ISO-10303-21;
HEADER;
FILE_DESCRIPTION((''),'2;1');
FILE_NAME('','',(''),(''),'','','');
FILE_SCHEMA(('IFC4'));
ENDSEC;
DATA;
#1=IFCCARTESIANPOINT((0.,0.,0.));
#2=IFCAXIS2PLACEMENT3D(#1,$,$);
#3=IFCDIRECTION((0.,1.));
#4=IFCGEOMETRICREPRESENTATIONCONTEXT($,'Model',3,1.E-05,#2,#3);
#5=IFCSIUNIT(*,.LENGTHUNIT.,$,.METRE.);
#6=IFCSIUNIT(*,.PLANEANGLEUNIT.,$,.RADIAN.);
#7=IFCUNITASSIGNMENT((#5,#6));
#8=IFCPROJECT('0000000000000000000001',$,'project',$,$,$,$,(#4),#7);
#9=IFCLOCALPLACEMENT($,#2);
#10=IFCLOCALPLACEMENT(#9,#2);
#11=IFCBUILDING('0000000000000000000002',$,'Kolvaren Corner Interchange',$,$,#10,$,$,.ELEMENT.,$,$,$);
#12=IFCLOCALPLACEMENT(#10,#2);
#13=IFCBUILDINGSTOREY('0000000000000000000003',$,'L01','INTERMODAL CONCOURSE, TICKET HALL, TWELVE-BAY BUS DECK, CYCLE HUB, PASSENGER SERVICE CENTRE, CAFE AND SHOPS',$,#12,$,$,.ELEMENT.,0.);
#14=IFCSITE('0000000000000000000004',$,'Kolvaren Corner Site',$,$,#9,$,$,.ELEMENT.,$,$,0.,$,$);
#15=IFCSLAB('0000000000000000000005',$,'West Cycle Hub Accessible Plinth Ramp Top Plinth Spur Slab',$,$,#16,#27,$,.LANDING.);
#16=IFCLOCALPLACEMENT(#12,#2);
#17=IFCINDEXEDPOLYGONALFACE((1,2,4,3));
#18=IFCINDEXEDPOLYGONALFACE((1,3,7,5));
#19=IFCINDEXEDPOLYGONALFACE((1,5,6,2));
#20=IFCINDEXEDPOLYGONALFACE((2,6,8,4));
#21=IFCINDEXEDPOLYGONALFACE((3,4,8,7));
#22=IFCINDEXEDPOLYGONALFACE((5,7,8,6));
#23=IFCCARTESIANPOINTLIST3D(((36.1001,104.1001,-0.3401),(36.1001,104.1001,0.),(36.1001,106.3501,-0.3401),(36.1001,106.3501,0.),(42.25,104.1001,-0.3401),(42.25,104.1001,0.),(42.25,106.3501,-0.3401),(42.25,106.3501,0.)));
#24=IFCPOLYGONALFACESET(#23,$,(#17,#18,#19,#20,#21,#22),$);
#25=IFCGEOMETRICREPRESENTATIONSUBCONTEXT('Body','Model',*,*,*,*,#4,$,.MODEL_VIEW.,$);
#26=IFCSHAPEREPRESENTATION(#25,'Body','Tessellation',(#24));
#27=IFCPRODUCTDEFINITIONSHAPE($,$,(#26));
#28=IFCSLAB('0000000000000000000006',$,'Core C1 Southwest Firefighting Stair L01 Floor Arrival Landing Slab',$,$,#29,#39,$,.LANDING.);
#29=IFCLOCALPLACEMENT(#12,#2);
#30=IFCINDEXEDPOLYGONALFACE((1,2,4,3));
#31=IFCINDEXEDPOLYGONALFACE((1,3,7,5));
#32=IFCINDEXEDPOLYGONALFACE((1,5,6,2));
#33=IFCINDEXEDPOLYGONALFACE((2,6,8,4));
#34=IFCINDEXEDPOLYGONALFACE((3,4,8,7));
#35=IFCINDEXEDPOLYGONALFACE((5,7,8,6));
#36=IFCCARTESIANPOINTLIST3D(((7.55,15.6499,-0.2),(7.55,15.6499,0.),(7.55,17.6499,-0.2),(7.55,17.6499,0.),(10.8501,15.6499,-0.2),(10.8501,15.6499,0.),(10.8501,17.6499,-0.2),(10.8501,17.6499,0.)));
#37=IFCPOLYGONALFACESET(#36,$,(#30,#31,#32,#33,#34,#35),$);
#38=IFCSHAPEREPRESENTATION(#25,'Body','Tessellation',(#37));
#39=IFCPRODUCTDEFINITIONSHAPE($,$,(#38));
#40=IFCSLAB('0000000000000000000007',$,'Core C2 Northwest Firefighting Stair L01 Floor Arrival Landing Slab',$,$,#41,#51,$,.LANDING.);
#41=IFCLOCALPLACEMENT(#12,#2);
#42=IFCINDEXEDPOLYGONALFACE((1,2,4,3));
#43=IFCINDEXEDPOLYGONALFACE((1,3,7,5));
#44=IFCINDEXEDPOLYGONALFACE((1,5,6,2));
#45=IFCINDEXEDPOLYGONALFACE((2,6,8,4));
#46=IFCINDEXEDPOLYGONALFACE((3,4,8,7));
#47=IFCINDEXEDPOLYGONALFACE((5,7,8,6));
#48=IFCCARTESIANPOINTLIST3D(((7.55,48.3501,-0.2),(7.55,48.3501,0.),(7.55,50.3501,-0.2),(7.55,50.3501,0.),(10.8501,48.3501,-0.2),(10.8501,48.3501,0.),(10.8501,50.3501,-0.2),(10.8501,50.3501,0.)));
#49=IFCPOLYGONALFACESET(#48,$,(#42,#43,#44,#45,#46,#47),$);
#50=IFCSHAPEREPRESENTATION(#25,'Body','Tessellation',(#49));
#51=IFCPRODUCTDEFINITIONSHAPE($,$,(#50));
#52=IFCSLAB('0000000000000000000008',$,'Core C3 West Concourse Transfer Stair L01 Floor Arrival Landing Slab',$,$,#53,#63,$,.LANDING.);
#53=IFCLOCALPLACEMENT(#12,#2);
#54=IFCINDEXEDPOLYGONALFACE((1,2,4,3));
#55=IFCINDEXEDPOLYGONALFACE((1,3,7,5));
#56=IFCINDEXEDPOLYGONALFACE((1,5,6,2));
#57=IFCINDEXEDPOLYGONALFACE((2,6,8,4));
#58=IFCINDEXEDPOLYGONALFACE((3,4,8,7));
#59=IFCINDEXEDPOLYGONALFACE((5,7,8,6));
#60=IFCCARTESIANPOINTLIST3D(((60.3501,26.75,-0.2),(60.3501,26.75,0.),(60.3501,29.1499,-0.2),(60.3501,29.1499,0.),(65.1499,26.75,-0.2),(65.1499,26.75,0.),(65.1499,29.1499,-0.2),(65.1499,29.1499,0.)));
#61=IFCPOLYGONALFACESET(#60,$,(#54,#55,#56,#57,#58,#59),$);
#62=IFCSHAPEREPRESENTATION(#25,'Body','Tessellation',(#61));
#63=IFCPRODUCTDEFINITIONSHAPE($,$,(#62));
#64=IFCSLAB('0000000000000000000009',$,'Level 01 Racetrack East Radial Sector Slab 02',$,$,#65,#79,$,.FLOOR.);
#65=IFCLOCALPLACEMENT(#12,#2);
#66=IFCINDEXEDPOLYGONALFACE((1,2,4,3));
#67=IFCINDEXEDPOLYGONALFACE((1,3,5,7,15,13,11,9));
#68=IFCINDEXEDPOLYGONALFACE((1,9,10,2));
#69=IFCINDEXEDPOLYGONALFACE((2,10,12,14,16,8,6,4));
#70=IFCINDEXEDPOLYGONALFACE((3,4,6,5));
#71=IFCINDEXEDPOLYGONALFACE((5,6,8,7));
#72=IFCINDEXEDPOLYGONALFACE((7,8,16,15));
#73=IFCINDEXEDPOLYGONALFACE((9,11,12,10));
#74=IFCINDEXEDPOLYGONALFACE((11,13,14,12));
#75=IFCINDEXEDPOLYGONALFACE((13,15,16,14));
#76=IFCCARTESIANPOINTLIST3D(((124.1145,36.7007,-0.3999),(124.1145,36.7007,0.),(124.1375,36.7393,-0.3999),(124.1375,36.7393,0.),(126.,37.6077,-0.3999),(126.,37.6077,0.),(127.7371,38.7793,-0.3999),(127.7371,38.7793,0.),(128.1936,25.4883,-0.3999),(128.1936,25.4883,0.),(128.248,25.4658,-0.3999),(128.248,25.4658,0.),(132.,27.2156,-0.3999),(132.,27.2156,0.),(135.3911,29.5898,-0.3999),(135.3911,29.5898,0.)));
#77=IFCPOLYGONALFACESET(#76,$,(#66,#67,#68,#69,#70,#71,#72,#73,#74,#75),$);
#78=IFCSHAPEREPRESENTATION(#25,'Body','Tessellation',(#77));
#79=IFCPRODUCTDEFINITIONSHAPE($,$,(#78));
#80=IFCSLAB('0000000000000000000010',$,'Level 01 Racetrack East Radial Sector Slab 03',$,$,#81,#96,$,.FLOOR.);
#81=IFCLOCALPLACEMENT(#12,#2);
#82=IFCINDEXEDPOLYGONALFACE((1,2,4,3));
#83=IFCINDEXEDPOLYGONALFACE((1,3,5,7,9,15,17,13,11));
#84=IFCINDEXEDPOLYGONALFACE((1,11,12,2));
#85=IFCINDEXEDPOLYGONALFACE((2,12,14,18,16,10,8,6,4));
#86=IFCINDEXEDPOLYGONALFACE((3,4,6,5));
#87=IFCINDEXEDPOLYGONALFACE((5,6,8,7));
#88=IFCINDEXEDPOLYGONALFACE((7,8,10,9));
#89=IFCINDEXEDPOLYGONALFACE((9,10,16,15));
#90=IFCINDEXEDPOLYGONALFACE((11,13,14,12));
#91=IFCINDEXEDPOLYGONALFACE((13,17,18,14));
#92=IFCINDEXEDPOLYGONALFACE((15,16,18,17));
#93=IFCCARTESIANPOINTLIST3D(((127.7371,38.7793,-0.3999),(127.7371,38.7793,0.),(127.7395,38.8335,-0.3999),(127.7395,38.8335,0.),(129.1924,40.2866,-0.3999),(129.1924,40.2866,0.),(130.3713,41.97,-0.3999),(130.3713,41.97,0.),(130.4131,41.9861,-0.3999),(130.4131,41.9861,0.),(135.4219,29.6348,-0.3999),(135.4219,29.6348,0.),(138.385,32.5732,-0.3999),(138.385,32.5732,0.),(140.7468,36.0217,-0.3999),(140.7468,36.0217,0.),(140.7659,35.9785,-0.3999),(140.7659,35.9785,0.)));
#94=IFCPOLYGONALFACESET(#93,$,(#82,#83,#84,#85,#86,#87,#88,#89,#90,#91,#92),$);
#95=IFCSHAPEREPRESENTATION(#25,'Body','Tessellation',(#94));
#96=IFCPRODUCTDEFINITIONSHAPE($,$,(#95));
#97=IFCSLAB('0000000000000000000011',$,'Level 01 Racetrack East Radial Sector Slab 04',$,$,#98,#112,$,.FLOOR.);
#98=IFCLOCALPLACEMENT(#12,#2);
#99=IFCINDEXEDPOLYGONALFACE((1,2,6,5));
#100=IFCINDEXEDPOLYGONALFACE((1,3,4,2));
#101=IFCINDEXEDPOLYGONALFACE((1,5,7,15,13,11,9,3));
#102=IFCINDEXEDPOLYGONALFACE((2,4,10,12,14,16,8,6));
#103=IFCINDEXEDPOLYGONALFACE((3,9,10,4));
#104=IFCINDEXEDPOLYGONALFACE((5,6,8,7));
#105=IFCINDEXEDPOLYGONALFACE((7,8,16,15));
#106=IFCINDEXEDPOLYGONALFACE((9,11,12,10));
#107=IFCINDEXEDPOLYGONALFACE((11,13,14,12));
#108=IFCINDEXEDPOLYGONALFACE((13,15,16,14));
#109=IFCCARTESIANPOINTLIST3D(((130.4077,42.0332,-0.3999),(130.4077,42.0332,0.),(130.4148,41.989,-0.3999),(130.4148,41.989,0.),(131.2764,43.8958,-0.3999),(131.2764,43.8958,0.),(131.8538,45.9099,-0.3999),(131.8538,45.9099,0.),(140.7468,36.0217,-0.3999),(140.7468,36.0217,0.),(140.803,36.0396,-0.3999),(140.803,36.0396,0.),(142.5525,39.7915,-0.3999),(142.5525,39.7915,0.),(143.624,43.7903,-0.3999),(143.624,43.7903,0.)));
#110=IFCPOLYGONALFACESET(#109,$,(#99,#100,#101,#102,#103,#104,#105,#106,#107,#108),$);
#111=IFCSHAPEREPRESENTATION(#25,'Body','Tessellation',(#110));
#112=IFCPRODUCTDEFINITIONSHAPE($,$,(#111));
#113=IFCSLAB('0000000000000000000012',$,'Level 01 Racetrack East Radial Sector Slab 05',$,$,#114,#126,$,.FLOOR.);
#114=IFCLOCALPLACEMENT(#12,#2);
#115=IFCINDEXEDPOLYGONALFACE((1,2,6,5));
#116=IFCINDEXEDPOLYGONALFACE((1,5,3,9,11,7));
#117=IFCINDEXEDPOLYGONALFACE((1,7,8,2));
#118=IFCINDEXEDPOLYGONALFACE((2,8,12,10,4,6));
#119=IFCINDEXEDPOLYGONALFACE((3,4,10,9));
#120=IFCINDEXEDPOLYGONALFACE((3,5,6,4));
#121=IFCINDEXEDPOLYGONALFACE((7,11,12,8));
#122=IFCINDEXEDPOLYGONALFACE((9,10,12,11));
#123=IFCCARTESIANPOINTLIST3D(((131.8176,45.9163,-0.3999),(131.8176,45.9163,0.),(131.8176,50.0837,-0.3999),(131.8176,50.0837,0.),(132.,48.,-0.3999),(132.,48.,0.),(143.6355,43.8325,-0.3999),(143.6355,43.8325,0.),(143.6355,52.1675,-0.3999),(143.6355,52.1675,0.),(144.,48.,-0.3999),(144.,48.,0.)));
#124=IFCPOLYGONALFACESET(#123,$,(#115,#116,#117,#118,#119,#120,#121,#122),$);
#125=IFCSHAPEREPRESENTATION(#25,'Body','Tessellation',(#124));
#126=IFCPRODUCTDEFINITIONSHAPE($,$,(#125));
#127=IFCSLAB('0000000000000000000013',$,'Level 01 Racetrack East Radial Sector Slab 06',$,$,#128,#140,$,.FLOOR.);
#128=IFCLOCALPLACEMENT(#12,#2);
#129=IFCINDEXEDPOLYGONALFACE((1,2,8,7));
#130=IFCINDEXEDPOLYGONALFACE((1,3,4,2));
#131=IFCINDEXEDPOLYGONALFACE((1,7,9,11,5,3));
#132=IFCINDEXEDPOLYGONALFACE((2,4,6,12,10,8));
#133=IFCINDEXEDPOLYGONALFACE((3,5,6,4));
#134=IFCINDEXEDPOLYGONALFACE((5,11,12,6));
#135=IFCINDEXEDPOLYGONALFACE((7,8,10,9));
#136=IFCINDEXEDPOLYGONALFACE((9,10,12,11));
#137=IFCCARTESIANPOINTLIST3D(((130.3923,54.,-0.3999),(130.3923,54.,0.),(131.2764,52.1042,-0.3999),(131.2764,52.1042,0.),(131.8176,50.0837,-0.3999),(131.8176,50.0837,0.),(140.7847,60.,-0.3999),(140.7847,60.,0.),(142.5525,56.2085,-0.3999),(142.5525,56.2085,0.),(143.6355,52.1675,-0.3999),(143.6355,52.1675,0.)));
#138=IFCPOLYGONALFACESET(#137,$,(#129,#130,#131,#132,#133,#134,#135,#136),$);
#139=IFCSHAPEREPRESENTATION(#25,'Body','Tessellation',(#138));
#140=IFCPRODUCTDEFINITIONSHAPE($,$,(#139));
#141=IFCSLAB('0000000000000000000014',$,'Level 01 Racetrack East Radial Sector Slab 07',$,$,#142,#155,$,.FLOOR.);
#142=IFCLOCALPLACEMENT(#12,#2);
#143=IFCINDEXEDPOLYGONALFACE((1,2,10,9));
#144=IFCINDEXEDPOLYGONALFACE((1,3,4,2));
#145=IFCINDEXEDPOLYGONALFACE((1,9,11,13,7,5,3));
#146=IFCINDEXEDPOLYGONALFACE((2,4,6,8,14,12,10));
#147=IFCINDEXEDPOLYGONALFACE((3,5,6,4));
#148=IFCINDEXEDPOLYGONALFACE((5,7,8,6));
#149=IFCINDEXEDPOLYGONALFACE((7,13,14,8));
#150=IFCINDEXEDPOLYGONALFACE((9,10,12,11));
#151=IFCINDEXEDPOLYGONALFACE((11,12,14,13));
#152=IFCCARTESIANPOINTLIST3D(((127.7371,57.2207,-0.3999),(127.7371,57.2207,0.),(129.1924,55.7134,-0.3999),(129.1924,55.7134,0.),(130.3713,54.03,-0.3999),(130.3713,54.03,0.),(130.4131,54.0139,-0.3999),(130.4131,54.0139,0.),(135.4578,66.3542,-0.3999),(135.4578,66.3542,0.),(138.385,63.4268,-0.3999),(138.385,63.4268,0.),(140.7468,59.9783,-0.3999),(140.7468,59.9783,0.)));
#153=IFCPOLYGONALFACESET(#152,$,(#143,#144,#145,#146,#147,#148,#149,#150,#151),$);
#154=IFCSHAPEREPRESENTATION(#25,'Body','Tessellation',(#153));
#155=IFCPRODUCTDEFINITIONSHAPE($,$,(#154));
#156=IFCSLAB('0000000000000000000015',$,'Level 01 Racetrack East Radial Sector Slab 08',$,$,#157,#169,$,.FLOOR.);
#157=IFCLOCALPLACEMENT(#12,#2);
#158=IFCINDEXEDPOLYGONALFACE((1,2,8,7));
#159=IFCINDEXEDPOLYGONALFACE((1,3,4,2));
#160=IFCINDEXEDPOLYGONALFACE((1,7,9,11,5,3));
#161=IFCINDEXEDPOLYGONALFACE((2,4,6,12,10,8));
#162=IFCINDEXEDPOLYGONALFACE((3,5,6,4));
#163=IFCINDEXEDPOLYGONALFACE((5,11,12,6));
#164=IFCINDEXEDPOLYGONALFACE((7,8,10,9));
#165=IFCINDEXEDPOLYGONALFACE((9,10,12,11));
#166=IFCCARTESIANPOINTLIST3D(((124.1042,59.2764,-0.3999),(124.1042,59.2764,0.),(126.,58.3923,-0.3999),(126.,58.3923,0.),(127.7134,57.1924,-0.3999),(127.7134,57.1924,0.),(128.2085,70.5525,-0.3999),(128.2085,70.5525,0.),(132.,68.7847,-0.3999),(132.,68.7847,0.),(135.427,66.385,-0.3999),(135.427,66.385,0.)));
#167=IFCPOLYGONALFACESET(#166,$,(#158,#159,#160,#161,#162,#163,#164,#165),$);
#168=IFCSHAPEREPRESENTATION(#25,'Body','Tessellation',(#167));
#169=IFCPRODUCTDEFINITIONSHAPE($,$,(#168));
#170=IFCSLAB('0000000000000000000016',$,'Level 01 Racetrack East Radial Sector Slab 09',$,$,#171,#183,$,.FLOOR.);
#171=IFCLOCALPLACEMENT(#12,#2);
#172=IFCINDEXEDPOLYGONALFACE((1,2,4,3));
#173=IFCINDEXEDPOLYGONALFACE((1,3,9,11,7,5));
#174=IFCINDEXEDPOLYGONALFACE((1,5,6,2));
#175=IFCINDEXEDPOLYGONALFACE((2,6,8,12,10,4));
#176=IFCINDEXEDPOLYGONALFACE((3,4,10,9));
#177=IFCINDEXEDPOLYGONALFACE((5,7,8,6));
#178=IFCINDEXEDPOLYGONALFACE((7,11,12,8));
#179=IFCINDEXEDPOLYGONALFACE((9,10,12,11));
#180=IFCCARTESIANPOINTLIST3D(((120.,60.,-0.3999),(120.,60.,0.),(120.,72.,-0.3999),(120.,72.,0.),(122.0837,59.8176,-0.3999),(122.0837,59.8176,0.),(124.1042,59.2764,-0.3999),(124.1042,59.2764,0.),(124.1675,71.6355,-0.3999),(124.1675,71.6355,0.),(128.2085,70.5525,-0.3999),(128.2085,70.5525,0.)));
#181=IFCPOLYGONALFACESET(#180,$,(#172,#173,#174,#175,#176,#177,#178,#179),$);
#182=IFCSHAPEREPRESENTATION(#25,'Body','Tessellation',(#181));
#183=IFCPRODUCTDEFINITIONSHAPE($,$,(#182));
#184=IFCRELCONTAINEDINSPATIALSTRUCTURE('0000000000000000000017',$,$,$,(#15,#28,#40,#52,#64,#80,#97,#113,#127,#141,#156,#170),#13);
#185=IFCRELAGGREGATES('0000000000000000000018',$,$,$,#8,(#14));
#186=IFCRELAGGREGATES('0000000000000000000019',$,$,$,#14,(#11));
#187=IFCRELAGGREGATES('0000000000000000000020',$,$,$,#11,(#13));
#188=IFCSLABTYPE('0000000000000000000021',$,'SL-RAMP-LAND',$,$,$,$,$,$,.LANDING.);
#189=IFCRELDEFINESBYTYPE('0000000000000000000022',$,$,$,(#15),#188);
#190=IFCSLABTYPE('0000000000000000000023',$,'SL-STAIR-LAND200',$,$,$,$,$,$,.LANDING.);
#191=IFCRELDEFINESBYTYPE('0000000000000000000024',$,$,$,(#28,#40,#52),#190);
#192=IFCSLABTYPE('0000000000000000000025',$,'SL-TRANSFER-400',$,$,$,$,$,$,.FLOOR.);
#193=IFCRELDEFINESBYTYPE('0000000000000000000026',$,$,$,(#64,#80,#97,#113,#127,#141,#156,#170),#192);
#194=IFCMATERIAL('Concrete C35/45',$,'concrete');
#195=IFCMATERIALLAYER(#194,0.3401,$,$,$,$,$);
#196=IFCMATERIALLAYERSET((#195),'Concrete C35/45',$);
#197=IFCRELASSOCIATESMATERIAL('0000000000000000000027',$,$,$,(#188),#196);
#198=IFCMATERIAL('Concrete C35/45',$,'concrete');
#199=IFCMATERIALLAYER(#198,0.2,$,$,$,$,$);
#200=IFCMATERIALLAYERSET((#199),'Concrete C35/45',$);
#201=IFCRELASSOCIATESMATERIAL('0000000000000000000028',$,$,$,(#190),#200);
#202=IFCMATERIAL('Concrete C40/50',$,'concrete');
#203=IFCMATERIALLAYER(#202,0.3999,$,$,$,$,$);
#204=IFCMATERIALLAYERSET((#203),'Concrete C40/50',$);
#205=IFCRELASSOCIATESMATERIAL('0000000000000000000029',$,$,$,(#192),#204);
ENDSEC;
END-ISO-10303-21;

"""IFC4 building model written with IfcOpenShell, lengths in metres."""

from ifc_helpers import new_model, si_unit, direction, frame, origin, place, context, subcontext, project, spatial, polyline, outline, extrude, material, layer, layer_set, type_object, element, save


model = new_model("IFC4")

# Units and contexts
model_context = context("Model", 3, precision=1e-05, world=origin(), true_north=direction((0.0, 1.0)))
body_context = subcontext(model_context, "Body", "Model", "MODEL_VIEW")
ifc_project = project(units=[si_unit("LENGTHUNIT", "METRE"), si_unit("PLANEANGLEUNIT", "RADIAN")], contexts=[model_context])

# Site, building, storey
site_placement = place(None, origin())
site = spatial("IfcSite", under=ifc_project, at=site_placement, Name="Kolvaren Corner Site", CompositionType="ELEMENT", RefElevation=0.0)
building_placement = place(site_placement, origin())
building = spatial("IfcBuilding", under=site, at=building_placement, Name="Kolvaren Corner Interchange", CompositionType="ELEMENT")
storey_placement = place(building_placement, origin())
storey = spatial("IfcBuildingStorey", under=building, at=storey_placement, Name="L01", Description="INTERMODAL CONCOURSE, TICKET HALL, TWELVE-BAY BUS DECK, CYCLE HUB, PASSENGER SERVICE CENTRE, CAFE AND SHOPS", CompositionType="ELEMENT", Elevation=0.0)

# Slabs
ifc_material_1 = material(Name="Concrete C35/45", Category="concrete")
ifc_layer_1 = layer(ifc_material_1, 0.3401)
ifc_layer_set_1 = layer_set([ifc_layer_1], Name="Concrete C35/45")
slab_type_1 = type_object("IfcSlabType", Name="SL-RAMP-LAND", PredefinedType="LANDING", material=ifc_layer_set_1)
slab_1_placement = place(storey_placement, frame((0.0, 0.0, -0.3401)))
element("IfcSlab", 1, at=slab_1_placement, inside=storey, type_object=slab_type_1, Name="West Cycle Hub Accessible Plinth Ramp Top Plinth Spur Slab", PredefinedType="LANDING", context=body_context, shape_type="SweptSolid", body=[
    extrude(outline(polyline([(36.1001, 104.1001), (42.25, 104.1001), (42.25, 106.3501), (36.1001, 106.3501), (36.1001, 104.1001)])), origin(), (0.0, 0.0, 1.0), 0.3401),
])
ifc_material_2 = material(Name="Concrete C35/45", Category="concrete")
ifc_layer_2 = layer(ifc_material_2, 0.2)
ifc_layer_set_2 = layer_set([ifc_layer_2], Name="Concrete C35/45")
slab_type_2 = type_object("IfcSlabType", Name="SL-STAIR-LAND200", PredefinedType="LANDING", material=ifc_layer_set_2)
slab_2_placement = place(storey_placement, frame((0.0, 0.0, -0.2)))
element("IfcSlab", 2, at=slab_2_placement, inside=storey, type_object=slab_type_2, Name="Core C1 Southwest Firefighting Stair L01 Floor Arrival Landing Slab", PredefinedType="LANDING", context=body_context, shape_type="SweptSolid", body=[
    extrude(outline(polyline([(7.55, 17.6499), (7.55, 15.6499), (10.8501, 15.6499), (10.8501, 17.6499), (7.55, 17.6499)])), origin(), (0.0, 0.0, 1.0), 0.2),
])
slab_3_placement = place(storey_placement, frame((0.0, 0.0, -0.2)))
element("IfcSlab", 3, at=slab_3_placement, inside=storey, type_object=slab_type_2, Name="Core C2 Northwest Firefighting Stair L01 Floor Arrival Landing Slab", PredefinedType="LANDING", context=body_context, shape_type="SweptSolid", body=[
    extrude(outline(polyline([(10.8501, 48.3501), (10.8501, 50.3501), (7.55, 50.3501), (7.55, 48.3501), (10.8501, 48.3501)])), origin(), (0.0, 0.0, 1.0), 0.2),
])
slab_4_placement = place(storey_placement, frame((0.0, 0.0, -0.2)))
element("IfcSlab", 4, at=slab_4_placement, inside=storey, type_object=slab_type_2, Name="Core C3 West Concourse Transfer Stair L01 Floor Arrival Landing Slab", PredefinedType="LANDING", context=body_context, shape_type="SweptSolid", body=[
    extrude(outline(polyline([(65.1499, 26.75), (65.1499, 29.1499), (60.3501, 29.1499), (60.3501, 26.75), (65.1499, 26.75)])), origin(), (0.0, 0.0, 1.0), 0.2),
])
ifc_material_3 = material(Name="Concrete C40/50", Category="concrete")
ifc_layer_3 = layer(ifc_material_3, 0.3999)
ifc_layer_set_3 = layer_set([ifc_layer_3], Name="Concrete C40/50")
slab_type_3 = type_object("IfcSlabType", Name="SL-TRANSFER-400", PredefinedType="FLOOR", material=ifc_layer_set_3)
slab_5_placement = place(storey_placement, frame((0.0, 0.0, -0.3999)))
element("IfcSlab", 5, at=slab_5_placement, inside=storey, type_object=slab_type_3, Name="Level 01 Racetrack East Radial Sector Slab 02", PredefinedType="FLOOR", context=body_context, shape_type="SweptSolid", body=[
    extrude(outline(polyline([(128.248, 25.4658), (132.0, 27.2156), (135.3911, 29.5898), (127.7371, 38.7793), (126.0, 37.6077), (124.1375, 36.7393), (124.1145, 36.7007), (128.1936, 25.4883), (128.248, 25.4658)])), origin(), (0.0, 0.0, 1.0), 0.3999),
])
slab_6_placement = place(storey_placement, frame((0.0, 0.0, -0.3999)))
element("IfcSlab", 6, at=slab_6_placement, inside=storey, type_object=slab_type_3, Name="Level 01 Racetrack East Radial Sector Slab 03", PredefinedType="FLOOR", context=body_context, shape_type="SweptSolid", body=[
    extrude(outline(polyline([(127.7371, 38.7793), (135.4219, 29.6348), (138.385, 32.5732), (140.7659, 35.9785), (140.7468, 36.0217), (130.4131, 41.9861), (130.3713, 41.97), (129.1924, 40.2866), (127.7395, 38.8335), (127.7371, 38.7793)])), origin(), (0.0, 0.0, 1.0), 0.3999),
])
slab_7_placement = place(storey_placement, frame((0.0, 0.0, -0.3999)))
element("IfcSlab", 7, at=slab_7_placement, inside=storey, type_object=slab_type_3, Name="Level 01 Racetrack East Radial Sector Slab 04", PredefinedType="FLOOR", context=body_context, shape_type="SweptSolid", body=[
    extrude(outline(polyline([(140.803, 36.0396), (142.5525, 39.7915), (143.624, 43.7903), (131.8538, 45.9099), (131.2764, 43.8958), (130.4077, 42.0332), (130.4148, 41.989), (140.7468, 36.0217), (140.803, 36.0396)])), origin(), (0.0, 0.0, 1.0), 0.3999),
])
slab_8_placement = place(storey_placement, frame((0.0, 0.0, -0.3999)))
element("IfcSlab", 8, at=slab_8_placement, inside=storey, type_object=slab_type_3, Name="Level 01 Racetrack East Radial Sector Slab 05", PredefinedType="FLOOR", context=body_context, shape_type="SweptSolid", body=[
    extrude(outline(polyline([(143.6355, 43.8325), (144.0, 48.0), (143.6355, 52.1675), (131.8176, 50.0837), (132.0, 48.0), (131.8176, 45.9163), (143.6355, 43.8325)])), origin(), (0.0, 0.0, 1.0), 0.3999),
])
slab_9_placement = place(storey_placement, frame((0.0, 0.0, -0.3999)))
element("IfcSlab", 9, at=slab_9_placement, inside=storey, type_object=slab_type_3, Name="Level 01 Racetrack East Radial Sector Slab 06", PredefinedType="FLOOR", context=body_context, shape_type="SweptSolid", body=[
    extrude(outline(polyline([(143.6355, 52.1675), (142.5525, 56.2085), (140.7847, 60.0), (130.3923, 54.0), (131.2764, 52.1042), (131.8176, 50.0837), (143.6355, 52.1675)])), origin(), (0.0, 0.0, 1.0), 0.3999),
])
slab_10_placement = place(storey_placement, frame((0.0, 0.0, -0.3999)))
element("IfcSlab", 10, at=slab_10_placement, inside=storey, type_object=slab_type_3, Name="Level 01 Racetrack East Radial Sector Slab 07", PredefinedType="FLOOR", context=body_context, shape_type="SweptSolid", body=[
    extrude(outline(polyline([(138.385, 63.4268), (135.4578, 66.3542), (127.7371, 57.2207), (129.1924, 55.7134), (130.3713, 54.03), (130.4131, 54.0139), (140.7468, 59.9783), (138.385, 63.4268)])), origin(), (0.0, 0.0, 1.0), 0.3999),
])
slab_11_placement = place(storey_placement, frame((0.0, 0.0, -0.3999)))
element("IfcSlab", 11, at=slab_11_placement, inside=storey, type_object=slab_type_3, Name="Level 01 Racetrack East Radial Sector Slab 08", PredefinedType="FLOOR", context=body_context, shape_type="SweptSolid", body=[
    extrude(outline(polyline([(135.427, 66.385), (132.0, 68.7847), (128.2085, 70.5525), (124.1042, 59.2764), (126.0, 58.3923), (127.7134, 57.1924), (135.427, 66.385)])), origin(), (0.0, 0.0, 1.0), 0.3999),
])
slab_12_placement = place(storey_placement, frame((0.0, 0.0, -0.3999)))
element("IfcSlab", 12, at=slab_12_placement, inside=storey, type_object=slab_type_3, Name="Level 01 Racetrack East Radial Sector Slab 09", PredefinedType="FLOOR", context=body_context, shape_type="SweptSolid", body=[
    extrude(outline(polyline([(128.2085, 70.5525), (124.1675, 71.6355), (120.0, 72.0), (120.0, 60.0), (122.0837, 59.8176), (124.1042, 59.2764), (128.2085, 70.5525)])), origin(), (0.0, 0.0, 1.0), 0.3999),
])

save(model, "model.ifc")
